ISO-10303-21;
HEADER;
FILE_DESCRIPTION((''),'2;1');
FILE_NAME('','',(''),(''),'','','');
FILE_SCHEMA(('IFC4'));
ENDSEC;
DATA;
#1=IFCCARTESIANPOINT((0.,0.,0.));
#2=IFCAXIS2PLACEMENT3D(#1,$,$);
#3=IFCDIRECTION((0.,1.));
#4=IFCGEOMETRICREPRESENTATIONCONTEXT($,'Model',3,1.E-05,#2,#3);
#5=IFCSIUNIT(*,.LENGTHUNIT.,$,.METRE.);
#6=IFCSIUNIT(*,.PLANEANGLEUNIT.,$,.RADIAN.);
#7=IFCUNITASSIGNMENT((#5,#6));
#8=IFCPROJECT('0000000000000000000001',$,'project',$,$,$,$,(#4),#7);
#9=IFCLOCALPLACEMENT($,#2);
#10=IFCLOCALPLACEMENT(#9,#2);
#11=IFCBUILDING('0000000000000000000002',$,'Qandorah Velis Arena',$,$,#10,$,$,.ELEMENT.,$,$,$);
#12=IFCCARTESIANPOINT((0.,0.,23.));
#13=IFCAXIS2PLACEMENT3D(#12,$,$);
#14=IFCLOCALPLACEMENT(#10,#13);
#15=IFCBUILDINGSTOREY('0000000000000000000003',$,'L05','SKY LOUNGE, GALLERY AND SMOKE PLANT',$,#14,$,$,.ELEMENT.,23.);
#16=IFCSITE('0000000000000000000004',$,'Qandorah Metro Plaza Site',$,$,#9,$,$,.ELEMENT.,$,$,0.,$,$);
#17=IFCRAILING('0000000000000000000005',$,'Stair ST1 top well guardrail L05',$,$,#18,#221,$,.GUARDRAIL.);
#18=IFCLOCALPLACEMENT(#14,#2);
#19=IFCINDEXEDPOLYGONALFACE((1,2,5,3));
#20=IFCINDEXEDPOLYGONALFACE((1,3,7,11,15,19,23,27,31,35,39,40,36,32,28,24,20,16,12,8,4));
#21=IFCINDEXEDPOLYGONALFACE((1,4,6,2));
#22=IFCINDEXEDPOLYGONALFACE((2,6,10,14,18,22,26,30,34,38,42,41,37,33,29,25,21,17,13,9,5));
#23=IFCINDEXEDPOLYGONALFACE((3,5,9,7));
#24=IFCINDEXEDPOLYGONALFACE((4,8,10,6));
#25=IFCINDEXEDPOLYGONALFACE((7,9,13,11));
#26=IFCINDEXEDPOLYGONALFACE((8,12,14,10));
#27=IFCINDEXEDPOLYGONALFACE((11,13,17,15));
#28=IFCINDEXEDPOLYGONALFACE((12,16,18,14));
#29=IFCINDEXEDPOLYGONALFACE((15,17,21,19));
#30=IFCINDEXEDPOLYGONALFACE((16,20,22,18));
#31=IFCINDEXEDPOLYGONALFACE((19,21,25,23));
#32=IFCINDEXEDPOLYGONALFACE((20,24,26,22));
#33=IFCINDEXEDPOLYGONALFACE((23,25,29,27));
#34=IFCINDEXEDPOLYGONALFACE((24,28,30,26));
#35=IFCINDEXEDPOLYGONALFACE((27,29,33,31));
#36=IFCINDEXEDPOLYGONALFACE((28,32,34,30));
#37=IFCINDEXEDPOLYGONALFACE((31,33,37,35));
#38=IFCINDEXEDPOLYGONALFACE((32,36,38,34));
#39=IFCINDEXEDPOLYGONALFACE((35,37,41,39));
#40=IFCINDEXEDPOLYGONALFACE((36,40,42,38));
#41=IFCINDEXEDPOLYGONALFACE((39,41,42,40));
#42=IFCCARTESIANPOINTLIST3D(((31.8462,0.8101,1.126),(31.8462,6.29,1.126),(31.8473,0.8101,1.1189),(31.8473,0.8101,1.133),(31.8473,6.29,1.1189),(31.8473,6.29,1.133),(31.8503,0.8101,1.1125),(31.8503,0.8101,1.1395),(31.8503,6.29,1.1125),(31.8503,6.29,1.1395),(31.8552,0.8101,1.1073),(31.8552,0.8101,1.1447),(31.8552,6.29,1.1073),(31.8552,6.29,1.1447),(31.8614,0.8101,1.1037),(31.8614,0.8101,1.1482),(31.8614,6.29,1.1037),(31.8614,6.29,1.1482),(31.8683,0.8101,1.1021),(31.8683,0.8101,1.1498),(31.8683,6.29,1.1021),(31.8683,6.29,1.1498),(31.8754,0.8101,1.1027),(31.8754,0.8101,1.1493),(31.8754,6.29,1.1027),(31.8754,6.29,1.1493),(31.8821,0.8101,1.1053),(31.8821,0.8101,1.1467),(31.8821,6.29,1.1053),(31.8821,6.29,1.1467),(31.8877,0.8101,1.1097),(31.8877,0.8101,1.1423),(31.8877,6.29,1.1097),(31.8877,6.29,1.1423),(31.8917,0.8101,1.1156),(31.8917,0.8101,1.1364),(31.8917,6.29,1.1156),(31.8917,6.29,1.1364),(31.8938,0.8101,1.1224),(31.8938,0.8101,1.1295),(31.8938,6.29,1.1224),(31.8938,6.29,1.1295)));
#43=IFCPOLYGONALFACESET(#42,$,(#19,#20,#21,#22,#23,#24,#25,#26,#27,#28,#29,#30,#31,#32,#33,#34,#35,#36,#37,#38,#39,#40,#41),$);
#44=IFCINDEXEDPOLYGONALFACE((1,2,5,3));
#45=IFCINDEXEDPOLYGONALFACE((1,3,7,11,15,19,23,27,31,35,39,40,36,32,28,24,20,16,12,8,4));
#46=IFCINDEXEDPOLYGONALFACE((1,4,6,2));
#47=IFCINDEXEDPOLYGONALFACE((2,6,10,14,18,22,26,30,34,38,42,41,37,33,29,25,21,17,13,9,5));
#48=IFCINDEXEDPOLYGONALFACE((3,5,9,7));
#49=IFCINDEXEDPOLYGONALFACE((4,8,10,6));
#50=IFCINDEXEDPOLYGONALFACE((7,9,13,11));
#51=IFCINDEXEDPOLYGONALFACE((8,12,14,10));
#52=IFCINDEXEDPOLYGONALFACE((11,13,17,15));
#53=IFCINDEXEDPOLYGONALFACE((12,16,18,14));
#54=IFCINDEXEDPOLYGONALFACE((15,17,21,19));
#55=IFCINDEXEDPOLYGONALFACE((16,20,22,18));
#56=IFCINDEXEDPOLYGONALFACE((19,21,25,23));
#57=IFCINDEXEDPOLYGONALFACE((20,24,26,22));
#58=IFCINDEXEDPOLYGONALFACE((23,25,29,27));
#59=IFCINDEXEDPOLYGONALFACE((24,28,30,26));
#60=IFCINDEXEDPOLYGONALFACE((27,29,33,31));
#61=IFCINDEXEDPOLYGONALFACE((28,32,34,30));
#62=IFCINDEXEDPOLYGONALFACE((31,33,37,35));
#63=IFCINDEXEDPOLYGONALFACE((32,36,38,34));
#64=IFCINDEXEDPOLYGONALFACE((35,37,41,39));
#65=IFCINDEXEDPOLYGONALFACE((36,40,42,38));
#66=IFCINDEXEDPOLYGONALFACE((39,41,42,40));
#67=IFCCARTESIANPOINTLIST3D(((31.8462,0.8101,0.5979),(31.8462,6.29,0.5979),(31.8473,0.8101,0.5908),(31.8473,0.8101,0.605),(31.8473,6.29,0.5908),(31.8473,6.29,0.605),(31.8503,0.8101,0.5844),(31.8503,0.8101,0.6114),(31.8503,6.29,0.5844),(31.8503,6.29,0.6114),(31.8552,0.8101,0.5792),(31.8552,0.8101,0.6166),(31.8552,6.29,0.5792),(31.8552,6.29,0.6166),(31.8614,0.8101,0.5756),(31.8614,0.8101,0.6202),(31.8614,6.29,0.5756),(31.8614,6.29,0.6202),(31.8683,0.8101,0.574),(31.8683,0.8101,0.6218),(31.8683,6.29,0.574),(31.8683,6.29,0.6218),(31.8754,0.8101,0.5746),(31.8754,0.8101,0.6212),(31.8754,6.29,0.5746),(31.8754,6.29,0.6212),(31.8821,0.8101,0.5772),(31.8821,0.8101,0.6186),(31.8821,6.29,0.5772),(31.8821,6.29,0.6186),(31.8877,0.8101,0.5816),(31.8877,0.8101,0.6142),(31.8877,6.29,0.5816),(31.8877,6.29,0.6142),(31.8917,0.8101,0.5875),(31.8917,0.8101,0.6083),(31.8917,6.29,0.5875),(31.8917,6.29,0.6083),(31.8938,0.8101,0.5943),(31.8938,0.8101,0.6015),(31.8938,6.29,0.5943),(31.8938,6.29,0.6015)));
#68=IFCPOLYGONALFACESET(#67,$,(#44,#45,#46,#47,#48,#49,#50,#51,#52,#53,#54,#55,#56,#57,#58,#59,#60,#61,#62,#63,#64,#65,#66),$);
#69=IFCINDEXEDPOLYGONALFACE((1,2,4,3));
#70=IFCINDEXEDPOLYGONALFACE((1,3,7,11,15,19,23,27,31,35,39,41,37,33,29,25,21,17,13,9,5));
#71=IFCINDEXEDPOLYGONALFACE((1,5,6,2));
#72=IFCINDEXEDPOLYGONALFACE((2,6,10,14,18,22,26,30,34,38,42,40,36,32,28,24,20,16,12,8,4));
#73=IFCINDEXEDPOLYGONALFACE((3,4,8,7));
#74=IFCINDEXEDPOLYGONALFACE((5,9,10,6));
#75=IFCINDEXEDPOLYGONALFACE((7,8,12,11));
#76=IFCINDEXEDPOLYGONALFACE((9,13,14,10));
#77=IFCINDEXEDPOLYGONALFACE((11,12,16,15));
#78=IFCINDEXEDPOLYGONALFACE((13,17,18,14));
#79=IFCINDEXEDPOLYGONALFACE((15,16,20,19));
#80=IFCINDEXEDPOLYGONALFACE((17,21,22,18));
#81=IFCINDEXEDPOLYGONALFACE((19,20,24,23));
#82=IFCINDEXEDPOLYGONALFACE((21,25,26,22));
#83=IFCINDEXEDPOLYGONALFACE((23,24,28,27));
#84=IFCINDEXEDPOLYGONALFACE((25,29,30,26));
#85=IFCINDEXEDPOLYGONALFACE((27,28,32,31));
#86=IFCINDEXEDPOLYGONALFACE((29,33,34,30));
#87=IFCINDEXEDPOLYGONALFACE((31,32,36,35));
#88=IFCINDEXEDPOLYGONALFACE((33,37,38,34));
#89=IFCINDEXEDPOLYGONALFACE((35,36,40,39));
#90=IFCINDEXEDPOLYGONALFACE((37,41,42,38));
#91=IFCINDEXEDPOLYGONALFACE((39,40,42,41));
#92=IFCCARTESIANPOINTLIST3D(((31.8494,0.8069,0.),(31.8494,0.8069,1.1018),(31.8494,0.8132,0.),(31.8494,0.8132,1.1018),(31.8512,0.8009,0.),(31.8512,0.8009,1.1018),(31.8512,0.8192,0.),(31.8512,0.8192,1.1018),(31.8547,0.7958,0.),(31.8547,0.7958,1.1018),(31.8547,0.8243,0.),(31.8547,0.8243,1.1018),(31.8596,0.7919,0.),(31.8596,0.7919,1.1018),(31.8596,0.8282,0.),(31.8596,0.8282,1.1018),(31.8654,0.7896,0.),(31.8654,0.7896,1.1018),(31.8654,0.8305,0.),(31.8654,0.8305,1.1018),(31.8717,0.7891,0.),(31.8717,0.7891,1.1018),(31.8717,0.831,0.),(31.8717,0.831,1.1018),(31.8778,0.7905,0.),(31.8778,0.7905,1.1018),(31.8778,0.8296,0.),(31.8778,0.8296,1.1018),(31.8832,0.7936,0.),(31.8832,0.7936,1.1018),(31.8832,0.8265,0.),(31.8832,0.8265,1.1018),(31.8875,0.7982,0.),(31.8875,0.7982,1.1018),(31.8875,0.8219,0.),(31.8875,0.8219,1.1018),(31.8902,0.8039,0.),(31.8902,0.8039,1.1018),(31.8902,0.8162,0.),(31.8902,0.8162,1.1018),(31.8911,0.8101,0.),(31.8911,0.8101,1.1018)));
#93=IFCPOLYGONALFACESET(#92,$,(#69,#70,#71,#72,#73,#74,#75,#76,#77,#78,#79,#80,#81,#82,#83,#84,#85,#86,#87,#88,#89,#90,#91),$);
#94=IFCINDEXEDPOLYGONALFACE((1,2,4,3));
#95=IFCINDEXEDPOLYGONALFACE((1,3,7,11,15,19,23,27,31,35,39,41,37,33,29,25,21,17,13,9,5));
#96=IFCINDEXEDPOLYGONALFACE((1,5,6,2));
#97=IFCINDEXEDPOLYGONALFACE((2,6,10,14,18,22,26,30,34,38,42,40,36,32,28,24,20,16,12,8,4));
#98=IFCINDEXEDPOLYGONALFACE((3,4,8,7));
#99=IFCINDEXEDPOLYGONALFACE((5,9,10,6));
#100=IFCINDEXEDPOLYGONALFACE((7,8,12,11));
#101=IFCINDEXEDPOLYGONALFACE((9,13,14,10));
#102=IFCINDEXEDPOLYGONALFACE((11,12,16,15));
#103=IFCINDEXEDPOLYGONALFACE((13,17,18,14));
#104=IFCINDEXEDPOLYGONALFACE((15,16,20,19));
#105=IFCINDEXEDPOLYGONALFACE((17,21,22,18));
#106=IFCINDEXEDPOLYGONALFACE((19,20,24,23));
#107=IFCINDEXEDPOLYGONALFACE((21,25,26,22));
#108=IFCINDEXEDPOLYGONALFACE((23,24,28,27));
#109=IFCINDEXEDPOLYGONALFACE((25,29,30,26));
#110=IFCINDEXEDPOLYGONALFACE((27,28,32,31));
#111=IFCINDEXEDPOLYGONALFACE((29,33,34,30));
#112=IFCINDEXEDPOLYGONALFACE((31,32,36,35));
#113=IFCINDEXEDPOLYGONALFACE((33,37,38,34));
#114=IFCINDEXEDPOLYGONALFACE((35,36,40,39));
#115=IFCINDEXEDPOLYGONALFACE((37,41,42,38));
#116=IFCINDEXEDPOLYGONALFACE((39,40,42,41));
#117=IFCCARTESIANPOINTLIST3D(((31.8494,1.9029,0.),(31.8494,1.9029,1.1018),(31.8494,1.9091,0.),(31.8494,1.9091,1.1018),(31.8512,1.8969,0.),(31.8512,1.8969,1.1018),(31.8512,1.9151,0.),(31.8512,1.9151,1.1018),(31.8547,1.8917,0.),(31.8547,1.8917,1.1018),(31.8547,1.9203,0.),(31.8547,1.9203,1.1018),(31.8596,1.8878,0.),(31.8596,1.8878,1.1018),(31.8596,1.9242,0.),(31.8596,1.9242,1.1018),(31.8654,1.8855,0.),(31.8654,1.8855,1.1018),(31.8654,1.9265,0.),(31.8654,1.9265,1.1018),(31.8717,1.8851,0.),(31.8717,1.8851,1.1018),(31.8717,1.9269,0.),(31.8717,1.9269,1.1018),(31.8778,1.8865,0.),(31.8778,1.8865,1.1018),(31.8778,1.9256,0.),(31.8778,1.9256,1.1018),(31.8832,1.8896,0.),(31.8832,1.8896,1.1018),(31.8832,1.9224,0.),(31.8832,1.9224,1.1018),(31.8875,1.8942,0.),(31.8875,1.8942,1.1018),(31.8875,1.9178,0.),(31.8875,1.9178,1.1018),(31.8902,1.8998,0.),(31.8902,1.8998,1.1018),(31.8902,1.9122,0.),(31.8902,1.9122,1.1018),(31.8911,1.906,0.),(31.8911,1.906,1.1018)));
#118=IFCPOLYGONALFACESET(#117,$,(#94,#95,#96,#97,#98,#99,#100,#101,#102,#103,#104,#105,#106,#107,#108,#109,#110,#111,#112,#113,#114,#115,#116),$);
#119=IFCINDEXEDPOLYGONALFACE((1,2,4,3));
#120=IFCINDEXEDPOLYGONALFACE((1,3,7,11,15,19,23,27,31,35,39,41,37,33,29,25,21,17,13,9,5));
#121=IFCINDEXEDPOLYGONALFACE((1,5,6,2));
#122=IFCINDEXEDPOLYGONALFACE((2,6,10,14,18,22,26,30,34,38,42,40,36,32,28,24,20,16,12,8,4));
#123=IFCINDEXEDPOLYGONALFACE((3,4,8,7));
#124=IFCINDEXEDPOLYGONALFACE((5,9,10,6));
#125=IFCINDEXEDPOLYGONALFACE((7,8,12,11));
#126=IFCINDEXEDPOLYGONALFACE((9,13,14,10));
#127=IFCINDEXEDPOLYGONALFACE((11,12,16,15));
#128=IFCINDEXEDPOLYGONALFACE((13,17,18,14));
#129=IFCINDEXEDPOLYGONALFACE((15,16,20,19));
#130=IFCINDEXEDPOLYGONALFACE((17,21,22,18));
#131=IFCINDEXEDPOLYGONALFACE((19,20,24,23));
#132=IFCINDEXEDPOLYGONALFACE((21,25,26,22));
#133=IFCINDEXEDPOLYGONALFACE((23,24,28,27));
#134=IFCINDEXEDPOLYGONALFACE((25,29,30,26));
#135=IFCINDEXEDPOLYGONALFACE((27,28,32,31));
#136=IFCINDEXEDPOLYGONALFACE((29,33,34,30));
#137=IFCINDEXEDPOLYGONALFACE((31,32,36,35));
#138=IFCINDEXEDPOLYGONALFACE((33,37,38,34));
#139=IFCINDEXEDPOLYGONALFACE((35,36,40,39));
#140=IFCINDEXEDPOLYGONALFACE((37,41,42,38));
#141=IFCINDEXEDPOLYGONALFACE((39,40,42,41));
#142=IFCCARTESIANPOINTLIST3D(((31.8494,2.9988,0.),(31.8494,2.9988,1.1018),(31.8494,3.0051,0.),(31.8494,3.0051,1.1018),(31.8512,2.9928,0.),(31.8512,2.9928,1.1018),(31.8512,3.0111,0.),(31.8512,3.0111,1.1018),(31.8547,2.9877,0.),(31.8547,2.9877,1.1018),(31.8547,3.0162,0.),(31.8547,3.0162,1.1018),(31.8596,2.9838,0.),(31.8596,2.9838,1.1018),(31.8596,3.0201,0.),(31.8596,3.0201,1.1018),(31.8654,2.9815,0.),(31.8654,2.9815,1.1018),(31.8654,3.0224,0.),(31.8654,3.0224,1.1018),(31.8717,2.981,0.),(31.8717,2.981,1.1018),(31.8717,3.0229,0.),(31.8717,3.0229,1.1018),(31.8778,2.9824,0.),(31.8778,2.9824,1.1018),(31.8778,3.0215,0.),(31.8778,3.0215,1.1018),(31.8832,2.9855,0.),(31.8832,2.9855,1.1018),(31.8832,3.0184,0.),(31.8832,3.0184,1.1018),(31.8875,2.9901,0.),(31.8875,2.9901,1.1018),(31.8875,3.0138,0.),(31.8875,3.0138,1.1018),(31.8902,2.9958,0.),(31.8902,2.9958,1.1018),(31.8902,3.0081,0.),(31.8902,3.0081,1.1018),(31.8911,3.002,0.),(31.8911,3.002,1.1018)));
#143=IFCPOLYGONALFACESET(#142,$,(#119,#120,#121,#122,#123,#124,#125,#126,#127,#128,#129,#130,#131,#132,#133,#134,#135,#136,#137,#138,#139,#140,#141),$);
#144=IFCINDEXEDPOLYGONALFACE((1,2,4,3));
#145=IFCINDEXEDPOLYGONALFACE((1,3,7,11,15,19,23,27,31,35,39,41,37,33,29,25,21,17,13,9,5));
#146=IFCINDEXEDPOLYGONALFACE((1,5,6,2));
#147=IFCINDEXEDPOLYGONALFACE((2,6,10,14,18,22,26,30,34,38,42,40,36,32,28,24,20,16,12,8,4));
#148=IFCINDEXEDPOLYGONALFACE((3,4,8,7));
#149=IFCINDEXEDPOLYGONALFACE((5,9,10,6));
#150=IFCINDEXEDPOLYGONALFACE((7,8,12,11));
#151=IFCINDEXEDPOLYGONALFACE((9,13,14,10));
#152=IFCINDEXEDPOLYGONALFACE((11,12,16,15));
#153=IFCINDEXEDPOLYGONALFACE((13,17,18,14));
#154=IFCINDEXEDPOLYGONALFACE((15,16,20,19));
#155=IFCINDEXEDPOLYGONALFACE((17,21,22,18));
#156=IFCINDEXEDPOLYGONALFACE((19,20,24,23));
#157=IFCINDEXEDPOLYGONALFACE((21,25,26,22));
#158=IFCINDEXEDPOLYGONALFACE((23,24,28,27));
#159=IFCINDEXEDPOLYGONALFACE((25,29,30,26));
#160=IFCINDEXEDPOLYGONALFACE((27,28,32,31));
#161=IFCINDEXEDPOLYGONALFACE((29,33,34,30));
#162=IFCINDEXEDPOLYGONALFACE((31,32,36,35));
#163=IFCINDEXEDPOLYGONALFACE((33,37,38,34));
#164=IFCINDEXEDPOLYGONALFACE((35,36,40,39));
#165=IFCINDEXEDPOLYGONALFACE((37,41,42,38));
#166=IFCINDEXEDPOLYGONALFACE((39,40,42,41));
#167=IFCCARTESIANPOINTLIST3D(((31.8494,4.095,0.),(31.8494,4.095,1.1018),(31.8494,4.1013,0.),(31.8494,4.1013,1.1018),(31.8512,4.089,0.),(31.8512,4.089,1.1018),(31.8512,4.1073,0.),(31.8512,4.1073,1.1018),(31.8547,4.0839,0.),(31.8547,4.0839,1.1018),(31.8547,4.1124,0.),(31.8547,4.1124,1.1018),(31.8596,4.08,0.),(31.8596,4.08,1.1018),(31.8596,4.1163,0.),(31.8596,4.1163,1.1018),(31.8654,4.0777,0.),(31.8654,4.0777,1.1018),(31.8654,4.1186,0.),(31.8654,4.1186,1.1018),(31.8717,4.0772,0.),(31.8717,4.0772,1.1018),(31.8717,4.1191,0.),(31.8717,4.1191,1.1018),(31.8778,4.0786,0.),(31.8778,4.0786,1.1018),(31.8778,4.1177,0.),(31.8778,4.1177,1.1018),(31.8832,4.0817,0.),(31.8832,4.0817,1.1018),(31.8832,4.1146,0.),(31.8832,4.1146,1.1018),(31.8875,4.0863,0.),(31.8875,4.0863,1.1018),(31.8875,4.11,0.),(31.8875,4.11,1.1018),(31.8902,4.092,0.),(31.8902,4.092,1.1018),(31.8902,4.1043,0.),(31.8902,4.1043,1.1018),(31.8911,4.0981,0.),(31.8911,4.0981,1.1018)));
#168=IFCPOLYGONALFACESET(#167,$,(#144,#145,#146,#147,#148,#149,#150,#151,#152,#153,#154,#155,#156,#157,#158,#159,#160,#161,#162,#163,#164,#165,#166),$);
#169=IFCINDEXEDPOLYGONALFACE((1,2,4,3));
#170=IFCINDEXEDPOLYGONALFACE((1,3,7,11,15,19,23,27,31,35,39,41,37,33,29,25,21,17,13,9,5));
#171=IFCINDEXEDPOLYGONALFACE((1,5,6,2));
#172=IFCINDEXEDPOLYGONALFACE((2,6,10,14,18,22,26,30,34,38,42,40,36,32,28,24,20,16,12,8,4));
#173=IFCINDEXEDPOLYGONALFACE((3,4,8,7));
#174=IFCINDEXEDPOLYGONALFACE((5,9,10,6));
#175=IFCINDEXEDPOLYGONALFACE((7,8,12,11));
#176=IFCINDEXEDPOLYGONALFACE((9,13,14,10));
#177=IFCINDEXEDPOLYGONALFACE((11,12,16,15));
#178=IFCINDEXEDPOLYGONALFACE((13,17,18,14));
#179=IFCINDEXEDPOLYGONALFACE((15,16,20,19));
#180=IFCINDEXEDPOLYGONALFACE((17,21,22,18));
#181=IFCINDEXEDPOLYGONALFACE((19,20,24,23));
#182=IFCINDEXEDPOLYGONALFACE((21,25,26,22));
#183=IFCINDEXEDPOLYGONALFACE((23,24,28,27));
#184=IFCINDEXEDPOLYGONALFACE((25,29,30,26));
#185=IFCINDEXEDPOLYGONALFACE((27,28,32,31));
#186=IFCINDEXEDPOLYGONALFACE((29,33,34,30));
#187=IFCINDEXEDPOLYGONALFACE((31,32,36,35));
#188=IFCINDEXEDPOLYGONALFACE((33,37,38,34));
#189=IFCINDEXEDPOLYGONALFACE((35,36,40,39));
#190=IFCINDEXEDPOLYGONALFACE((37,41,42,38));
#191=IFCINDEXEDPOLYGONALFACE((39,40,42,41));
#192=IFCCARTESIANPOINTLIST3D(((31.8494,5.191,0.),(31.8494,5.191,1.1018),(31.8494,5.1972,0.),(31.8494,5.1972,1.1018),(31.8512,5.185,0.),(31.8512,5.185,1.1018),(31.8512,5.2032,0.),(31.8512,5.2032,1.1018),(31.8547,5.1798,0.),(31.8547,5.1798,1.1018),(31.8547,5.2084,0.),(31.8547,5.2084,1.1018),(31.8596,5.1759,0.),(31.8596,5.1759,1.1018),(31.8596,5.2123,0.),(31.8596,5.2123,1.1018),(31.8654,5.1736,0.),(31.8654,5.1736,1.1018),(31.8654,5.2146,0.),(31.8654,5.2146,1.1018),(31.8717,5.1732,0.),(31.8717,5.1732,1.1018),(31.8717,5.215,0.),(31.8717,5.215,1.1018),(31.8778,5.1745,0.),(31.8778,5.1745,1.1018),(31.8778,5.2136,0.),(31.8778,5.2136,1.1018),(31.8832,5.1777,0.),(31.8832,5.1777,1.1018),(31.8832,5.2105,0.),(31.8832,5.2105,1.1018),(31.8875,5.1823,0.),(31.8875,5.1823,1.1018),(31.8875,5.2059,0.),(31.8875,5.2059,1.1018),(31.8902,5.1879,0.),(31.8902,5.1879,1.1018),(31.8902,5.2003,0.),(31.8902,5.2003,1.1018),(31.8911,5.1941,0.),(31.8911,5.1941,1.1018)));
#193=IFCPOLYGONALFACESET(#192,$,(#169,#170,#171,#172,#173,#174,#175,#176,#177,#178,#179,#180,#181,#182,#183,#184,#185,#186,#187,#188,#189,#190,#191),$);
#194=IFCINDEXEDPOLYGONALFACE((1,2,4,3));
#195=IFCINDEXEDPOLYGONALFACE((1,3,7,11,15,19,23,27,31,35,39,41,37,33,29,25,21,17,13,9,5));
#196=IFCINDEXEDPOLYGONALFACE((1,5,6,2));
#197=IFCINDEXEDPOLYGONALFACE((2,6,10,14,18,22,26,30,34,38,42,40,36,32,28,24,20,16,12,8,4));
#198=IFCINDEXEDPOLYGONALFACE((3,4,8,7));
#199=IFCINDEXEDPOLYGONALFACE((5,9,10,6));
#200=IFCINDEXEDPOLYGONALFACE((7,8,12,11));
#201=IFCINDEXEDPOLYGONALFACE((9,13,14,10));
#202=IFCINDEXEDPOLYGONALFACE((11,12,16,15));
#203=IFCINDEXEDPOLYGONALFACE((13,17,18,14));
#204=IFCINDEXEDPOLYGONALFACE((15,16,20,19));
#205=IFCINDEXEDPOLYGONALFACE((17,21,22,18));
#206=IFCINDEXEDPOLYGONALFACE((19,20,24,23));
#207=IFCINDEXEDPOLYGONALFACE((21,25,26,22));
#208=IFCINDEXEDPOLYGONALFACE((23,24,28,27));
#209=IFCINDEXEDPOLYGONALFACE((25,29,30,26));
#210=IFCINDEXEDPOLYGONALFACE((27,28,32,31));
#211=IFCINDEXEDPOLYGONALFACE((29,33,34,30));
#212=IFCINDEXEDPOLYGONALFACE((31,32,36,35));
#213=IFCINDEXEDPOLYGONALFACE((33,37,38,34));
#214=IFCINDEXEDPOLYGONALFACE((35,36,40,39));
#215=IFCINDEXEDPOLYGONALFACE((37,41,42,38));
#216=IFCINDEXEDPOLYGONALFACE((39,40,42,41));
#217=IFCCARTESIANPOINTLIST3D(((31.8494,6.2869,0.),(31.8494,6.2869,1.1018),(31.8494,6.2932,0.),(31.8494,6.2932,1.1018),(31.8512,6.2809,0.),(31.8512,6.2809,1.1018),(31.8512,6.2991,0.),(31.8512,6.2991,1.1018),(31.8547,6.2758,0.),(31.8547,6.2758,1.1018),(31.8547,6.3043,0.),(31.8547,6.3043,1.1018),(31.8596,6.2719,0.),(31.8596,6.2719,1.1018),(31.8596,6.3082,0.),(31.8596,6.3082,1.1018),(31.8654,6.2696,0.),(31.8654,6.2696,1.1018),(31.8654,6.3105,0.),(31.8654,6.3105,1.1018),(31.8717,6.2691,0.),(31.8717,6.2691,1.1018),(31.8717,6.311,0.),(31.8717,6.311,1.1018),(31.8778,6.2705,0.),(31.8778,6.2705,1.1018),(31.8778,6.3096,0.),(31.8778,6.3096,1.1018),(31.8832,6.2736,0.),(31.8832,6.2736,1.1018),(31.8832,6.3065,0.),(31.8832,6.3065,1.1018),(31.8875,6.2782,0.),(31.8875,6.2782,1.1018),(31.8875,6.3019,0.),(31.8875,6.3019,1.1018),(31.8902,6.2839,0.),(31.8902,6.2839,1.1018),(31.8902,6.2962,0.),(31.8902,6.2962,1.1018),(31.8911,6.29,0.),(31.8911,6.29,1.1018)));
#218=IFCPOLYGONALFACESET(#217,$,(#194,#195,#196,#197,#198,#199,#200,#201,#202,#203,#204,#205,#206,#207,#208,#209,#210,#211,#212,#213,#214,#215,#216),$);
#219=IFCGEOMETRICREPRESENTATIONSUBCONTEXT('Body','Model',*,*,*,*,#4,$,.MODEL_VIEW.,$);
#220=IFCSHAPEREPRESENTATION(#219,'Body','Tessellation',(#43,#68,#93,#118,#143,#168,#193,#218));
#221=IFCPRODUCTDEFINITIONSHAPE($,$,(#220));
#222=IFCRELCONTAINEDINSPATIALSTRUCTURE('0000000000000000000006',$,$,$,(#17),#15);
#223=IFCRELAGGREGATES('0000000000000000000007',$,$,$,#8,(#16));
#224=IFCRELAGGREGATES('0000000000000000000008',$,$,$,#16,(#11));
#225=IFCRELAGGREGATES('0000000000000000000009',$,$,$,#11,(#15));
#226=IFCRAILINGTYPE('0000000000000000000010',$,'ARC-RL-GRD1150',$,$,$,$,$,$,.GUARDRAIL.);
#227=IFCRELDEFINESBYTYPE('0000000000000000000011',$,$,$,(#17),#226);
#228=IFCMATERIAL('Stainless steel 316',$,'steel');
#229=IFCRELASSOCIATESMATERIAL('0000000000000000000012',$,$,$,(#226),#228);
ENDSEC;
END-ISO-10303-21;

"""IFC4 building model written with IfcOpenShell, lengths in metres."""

from ifc_helpers import new_model, si_unit, direction, frame, origin, origin_2d, place, context, subcontext, project, spatial, circle, extrude, material, type_object, element, save


model = new_model("IFC4")

# Units and contexts
model_context = context("Model", 3, precision=1e-05, world=origin(), true_north=direction((0.0, 1.0)))
body_context = subcontext(model_context, "Body", "Model", "MODEL_VIEW")
ifc_project = project(units=[si_unit("LENGTHUNIT", "METRE"), si_unit("PLANEANGLEUNIT", "RADIAN")], contexts=[model_context])

# Site, building, storey
site_placement = place(None, origin())
site = spatial("IfcSite", under=ifc_project, at=site_placement, Name="Qandorah Metro Plaza Site", CompositionType="ELEMENT", RefElevation=0.0)
building_placement = place(site_placement, origin())
building = spatial("IfcBuilding", under=site, at=building_placement, Name="Qandorah Velis Arena", CompositionType="ELEMENT")
storey_placement = place(building_placement, frame((0.0, 0.0, 23.0)))
storey = spatial("IfcBuildingStorey", under=building, at=storey_placement, Name="L05", Description="SKY LOUNGE, GALLERY AND SMOKE PLANT", CompositionType="ELEMENT", Elevation=23.0)

# Railing
ifc_material_1 = material(Name="Stainless steel 316", Category="steel")
railing_type = type_object("IfcRailingType", Name="ARC-RL-GRD1150", PredefinedType="GUARDRAIL", material=ifc_material_1)
railing_1_placement = place(storey_placement, frame((31.8701, 0.8101, 0.0)))
element("IfcRailing", 1, at=railing_1_placement, inside=storey, type_object=railing_type, Name="Stair ST1 top well guardrail L05", PredefinedType="GUARDRAIL", context=body_context, shape_type="SweptSolid", body=[
    extrude(circle(Radius=0.0239, at=origin_2d()), frame((0.0, 0.0, 1.126), z_axis=(0.0, 1.0, 0.0), x_axis=(-1.0, 0.0, 0.0)), (0.0, 0.0, 1.0), 5.48),
    extrude(circle(Radius=0.0239, at=origin_2d()), frame((0.0, 0.0, 0.5979), z_axis=(0.0, 1.0, 0.0), x_axis=(-1.0, 0.0, 0.0)), (0.0, 0.0, 1.0), 5.48),
    extrude(circle(Radius=0.021, at=origin_2d()), origin(), (0.0, 0.0, 1.0), 1.1018),
    extrude(circle(Radius=0.021, at=origin_2d()), frame((0.0, 1.0959, 0.0)), (0.0, 0.0, 1.0), 1.1018),
    extrude(circle(Radius=0.021, at=origin_2d()), frame((0.0, 2.1919, 0.0)), (0.0, 0.0, 1.0), 1.1018),
    extrude(circle(Radius=0.021, at=origin_2d()), frame((0.0, 3.2881, 0.0)), (0.0, 0.0, 1.0), 1.1018),
    extrude(circle(Radius=0.021, at=origin_2d()), frame((0.0, 4.384, 0.0)), (0.0, 0.0, 1.0), 1.1018),
    extrude(circle(Radius=0.021, at=origin_2d()), frame((0.0, 5.48, 0.0)), (0.0, 0.0, 1.0), 1.1018),
])

save(model, "model.ifc")
